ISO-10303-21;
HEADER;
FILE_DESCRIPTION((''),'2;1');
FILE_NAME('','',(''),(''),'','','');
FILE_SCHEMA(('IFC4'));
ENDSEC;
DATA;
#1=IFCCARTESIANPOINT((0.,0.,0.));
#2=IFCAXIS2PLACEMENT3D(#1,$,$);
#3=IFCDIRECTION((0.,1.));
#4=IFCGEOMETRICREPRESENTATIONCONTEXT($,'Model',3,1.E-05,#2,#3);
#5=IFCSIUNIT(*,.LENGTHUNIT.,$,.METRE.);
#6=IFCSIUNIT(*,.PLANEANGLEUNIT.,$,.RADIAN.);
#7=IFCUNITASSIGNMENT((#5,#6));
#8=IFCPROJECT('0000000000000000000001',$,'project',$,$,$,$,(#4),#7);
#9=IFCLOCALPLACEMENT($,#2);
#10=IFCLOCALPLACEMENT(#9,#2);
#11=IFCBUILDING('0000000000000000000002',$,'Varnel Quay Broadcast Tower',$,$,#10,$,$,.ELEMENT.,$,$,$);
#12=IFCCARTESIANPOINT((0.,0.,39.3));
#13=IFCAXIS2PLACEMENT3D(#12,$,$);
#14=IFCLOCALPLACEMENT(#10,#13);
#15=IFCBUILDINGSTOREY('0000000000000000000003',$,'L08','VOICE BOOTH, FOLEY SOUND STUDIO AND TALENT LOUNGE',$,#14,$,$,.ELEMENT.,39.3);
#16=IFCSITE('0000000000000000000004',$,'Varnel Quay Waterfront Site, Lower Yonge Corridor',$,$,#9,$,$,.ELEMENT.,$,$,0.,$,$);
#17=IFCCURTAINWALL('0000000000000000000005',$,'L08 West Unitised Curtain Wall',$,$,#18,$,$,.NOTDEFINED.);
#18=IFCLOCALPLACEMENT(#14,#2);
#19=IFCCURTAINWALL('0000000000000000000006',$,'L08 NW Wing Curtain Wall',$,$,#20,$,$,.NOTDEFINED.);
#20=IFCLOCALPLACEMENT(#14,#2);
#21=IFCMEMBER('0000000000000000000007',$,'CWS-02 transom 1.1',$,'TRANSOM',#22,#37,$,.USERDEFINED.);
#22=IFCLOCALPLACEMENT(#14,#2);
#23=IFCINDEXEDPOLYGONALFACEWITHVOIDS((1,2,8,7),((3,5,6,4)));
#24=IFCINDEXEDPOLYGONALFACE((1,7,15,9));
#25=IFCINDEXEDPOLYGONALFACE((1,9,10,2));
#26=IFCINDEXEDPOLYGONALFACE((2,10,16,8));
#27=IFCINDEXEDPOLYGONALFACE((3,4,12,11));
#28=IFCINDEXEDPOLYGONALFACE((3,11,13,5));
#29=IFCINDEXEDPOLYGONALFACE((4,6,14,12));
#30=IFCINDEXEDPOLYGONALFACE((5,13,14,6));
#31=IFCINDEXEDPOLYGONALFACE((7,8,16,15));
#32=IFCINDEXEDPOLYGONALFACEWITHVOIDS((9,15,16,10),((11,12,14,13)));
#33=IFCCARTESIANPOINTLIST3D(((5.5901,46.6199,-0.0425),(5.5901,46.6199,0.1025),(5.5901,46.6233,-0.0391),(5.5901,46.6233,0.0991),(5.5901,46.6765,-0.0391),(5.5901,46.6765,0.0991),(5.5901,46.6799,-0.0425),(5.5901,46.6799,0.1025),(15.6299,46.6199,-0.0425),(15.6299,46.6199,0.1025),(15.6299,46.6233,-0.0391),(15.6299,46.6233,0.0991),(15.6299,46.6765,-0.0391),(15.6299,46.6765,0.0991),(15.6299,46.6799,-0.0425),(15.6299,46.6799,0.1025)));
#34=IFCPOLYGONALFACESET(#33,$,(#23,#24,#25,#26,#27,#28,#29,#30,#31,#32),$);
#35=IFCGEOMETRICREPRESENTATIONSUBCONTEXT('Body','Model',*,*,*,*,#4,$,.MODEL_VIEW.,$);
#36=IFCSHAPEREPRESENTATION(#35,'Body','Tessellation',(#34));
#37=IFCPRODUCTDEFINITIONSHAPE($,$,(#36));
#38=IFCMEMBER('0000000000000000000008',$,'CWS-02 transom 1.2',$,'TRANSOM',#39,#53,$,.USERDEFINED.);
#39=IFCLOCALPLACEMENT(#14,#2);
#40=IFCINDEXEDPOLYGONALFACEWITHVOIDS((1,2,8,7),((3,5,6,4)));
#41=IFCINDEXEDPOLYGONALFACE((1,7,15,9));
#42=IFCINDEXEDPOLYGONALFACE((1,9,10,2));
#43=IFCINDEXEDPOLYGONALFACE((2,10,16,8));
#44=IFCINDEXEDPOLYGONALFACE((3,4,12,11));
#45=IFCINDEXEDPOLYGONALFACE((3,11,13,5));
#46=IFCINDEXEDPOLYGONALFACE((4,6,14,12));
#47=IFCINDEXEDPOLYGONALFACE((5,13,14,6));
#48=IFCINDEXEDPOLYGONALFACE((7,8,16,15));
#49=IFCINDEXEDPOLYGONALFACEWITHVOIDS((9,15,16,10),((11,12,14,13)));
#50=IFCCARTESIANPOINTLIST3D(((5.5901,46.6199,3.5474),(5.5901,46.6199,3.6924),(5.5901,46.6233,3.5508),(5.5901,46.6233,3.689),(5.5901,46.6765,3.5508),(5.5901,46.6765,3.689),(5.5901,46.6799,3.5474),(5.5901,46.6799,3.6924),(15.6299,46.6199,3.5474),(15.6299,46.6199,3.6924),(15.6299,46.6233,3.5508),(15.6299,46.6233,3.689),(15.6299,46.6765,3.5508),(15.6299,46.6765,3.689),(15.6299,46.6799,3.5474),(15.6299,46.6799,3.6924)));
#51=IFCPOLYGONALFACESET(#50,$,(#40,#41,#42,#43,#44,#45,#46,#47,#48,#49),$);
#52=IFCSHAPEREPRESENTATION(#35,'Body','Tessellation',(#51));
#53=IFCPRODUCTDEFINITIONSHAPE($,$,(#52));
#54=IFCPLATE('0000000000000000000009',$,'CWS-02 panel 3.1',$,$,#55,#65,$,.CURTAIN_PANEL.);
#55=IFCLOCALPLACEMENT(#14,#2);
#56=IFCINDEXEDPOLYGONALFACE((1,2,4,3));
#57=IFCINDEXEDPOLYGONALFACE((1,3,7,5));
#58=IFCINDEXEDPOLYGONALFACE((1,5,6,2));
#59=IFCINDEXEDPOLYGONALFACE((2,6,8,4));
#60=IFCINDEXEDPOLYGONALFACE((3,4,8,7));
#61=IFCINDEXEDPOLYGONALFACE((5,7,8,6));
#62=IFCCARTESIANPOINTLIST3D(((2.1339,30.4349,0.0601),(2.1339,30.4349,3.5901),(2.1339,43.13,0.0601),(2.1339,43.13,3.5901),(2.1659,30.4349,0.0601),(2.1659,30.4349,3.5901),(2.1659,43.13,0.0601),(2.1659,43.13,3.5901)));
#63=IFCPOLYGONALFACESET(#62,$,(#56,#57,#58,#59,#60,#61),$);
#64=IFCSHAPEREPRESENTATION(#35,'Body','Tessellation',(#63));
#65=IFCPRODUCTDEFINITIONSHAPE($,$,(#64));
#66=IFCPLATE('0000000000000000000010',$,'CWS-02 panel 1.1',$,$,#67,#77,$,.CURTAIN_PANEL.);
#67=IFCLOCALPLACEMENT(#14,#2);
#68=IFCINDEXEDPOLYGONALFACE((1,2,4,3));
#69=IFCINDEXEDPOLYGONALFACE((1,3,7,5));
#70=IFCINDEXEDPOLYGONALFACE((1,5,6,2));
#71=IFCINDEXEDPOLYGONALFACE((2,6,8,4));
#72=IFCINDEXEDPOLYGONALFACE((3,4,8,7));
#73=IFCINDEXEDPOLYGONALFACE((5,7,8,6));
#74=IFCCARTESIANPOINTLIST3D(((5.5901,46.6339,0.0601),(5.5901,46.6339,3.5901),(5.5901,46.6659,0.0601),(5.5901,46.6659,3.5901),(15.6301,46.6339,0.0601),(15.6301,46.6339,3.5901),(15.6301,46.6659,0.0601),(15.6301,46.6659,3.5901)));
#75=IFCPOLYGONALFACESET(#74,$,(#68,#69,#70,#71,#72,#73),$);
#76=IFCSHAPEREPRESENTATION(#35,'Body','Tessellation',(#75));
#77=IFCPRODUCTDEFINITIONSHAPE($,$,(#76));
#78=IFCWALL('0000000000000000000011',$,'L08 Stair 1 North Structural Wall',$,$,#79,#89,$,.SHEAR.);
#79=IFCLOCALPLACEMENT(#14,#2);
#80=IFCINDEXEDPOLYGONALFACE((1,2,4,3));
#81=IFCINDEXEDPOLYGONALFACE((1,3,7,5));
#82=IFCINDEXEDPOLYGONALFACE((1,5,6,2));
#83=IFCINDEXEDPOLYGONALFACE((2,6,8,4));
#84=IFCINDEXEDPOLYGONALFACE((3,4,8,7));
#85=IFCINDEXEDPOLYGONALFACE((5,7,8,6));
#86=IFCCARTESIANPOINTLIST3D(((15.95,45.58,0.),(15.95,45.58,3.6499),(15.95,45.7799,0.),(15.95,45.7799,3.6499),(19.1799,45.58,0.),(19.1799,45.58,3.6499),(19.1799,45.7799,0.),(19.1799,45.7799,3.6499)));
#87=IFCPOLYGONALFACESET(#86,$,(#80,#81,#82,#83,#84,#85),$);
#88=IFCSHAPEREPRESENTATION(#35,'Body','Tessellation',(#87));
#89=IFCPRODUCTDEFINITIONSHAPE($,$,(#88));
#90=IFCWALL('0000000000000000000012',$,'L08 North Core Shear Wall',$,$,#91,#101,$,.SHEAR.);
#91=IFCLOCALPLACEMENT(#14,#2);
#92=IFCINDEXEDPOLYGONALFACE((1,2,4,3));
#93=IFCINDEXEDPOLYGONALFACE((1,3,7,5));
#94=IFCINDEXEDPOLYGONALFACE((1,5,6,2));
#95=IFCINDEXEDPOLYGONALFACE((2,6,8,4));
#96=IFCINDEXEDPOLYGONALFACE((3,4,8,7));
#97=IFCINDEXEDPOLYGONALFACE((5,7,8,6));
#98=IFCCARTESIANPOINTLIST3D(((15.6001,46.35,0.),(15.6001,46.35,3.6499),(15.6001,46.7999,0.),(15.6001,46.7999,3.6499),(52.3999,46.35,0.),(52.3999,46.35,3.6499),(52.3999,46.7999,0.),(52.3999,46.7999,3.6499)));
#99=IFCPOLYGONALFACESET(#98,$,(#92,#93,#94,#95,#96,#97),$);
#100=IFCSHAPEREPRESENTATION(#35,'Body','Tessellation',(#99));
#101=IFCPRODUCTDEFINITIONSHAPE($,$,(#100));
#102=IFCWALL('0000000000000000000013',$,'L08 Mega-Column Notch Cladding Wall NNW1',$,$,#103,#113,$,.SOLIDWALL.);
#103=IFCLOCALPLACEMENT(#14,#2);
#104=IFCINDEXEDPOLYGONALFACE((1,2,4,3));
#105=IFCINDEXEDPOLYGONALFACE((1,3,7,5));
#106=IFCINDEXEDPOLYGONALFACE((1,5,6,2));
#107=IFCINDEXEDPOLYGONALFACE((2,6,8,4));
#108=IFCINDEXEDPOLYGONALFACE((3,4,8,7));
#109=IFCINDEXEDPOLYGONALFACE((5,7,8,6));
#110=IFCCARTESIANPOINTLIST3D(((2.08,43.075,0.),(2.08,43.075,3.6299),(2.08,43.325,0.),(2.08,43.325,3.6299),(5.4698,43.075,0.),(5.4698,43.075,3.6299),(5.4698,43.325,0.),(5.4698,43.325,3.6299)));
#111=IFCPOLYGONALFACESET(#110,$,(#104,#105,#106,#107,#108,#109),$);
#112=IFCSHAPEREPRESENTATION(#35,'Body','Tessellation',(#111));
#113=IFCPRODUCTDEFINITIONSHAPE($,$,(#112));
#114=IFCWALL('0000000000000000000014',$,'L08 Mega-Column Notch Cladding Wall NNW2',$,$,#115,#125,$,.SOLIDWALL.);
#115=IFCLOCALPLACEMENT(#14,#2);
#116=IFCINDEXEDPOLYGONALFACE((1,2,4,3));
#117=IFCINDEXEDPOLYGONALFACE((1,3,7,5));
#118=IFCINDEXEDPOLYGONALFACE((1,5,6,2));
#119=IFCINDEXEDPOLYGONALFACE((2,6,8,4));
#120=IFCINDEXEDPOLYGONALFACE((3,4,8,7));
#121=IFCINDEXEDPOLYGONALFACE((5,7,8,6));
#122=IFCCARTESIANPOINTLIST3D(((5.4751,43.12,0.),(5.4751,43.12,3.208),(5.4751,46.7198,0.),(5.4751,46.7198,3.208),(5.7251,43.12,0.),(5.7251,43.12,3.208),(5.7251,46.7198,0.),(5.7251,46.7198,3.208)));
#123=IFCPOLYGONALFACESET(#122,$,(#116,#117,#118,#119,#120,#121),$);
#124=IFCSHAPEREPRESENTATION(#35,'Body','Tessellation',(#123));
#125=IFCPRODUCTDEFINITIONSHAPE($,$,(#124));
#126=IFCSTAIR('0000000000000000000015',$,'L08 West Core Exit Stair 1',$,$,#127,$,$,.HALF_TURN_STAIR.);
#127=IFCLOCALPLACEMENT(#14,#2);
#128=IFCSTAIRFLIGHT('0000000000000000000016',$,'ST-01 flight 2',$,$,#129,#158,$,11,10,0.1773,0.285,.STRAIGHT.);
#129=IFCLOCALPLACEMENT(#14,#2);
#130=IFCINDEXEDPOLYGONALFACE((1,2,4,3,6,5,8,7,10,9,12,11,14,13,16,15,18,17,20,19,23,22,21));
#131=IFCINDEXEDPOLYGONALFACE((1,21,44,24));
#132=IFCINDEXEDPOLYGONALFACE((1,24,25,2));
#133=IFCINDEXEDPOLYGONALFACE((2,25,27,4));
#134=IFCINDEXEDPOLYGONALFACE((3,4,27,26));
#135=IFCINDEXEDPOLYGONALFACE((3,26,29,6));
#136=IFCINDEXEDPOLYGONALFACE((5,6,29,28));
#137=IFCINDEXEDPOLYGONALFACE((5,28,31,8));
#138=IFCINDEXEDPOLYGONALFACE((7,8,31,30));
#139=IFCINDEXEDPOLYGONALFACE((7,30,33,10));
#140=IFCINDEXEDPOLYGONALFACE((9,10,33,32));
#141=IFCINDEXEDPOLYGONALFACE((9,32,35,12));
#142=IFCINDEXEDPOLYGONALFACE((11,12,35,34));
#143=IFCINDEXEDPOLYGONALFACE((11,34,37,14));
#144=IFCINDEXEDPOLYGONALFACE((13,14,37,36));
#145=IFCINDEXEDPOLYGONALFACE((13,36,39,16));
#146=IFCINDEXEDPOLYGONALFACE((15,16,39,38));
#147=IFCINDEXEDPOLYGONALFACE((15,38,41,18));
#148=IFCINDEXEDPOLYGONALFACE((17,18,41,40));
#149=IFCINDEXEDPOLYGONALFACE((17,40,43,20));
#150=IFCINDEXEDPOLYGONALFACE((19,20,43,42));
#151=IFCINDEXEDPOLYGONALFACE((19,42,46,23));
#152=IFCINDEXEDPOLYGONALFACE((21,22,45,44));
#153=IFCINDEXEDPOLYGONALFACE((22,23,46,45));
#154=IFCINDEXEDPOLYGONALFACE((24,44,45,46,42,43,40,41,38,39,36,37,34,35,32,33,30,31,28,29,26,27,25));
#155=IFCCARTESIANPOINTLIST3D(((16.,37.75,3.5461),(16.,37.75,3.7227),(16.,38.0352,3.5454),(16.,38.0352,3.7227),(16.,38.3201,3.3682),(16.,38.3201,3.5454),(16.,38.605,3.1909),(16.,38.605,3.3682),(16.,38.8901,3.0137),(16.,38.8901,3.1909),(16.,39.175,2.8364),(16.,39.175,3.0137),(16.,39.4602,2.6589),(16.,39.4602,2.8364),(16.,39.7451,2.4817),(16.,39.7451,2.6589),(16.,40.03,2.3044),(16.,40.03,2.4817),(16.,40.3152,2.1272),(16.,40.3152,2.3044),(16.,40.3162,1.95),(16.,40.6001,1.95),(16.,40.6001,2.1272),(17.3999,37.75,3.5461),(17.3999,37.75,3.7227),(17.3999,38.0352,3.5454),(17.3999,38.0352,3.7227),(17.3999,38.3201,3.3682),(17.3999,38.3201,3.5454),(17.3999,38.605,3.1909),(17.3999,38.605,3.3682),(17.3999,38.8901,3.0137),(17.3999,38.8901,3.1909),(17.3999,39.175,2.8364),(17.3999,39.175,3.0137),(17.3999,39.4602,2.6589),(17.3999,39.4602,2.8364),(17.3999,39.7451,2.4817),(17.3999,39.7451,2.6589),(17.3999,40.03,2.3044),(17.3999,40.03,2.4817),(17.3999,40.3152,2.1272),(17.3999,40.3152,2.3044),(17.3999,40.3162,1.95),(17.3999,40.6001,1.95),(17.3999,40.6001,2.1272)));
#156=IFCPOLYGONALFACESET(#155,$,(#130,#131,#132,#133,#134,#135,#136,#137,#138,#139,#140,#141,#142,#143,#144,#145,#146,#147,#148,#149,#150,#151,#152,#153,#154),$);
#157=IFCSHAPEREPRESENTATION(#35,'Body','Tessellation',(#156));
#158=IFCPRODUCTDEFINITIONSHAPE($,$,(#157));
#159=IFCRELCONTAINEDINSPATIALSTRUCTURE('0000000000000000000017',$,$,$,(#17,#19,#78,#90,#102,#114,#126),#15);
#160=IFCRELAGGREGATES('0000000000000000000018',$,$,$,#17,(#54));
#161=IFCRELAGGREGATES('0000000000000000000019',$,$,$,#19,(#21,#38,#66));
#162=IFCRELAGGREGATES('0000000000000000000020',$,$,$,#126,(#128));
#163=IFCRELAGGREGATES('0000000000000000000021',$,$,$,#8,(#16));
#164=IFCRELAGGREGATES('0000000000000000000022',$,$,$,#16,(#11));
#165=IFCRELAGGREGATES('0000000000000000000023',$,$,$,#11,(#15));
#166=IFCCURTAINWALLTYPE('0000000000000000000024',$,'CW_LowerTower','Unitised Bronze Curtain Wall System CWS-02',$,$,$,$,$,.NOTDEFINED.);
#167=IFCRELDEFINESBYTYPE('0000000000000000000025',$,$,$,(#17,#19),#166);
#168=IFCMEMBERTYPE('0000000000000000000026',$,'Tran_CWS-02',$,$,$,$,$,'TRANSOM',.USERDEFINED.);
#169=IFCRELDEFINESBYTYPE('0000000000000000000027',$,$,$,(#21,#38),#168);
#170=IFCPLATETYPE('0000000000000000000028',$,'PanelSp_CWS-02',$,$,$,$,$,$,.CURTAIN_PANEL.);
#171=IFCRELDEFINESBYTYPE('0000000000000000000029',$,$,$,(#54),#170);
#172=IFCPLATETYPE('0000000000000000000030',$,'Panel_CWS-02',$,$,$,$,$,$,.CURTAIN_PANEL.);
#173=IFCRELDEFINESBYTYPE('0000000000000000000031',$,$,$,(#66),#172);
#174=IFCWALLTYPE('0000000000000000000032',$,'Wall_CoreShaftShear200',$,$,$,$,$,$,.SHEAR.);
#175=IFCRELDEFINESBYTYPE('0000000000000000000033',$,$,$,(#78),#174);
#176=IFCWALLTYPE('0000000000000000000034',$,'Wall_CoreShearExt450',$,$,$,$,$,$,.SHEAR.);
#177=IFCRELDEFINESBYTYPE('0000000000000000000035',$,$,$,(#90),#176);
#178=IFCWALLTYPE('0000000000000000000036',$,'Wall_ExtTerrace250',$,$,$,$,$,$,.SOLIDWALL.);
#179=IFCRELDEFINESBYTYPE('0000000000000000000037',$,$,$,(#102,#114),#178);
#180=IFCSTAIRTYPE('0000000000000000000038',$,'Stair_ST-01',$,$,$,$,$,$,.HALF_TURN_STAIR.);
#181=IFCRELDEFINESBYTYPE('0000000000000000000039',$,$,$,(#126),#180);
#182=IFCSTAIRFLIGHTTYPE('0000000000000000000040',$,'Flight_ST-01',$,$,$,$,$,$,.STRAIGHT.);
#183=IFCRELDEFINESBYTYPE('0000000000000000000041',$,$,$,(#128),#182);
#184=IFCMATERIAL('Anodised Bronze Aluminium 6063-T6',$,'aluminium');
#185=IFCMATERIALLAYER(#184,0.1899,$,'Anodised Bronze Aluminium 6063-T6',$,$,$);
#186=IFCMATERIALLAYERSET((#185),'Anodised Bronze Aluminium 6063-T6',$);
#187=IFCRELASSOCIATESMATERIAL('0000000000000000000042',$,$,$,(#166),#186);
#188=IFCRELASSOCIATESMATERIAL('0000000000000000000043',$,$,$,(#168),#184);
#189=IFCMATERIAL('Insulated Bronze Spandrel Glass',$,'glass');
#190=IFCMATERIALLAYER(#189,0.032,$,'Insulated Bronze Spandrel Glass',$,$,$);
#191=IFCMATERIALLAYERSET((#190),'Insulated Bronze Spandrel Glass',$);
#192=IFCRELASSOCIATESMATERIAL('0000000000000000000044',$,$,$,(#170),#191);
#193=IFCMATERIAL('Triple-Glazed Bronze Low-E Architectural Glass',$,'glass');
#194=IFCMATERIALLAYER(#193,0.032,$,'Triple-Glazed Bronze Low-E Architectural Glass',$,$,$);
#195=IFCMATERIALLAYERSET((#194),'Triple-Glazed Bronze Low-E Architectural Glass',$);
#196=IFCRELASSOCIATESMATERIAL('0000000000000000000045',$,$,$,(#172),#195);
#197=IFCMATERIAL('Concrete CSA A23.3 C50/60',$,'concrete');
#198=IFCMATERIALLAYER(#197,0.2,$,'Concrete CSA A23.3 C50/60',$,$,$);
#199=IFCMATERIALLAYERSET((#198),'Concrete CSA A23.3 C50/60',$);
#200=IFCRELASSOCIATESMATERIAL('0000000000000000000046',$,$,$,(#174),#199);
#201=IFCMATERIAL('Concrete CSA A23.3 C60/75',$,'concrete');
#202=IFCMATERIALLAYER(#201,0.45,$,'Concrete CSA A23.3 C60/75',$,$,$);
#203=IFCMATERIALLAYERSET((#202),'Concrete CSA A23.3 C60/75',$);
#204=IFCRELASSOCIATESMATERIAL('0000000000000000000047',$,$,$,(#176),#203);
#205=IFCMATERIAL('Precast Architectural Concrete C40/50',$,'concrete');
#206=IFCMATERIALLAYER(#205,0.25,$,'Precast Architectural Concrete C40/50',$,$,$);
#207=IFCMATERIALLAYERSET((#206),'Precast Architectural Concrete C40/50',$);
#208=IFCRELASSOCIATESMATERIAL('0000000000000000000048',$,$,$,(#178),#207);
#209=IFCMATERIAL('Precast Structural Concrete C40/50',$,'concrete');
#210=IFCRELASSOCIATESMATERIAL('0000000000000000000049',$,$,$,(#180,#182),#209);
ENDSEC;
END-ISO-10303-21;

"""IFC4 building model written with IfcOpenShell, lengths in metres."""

from ifc_helpers import new_model, si_unit, direction, frame, frame_2d, origin, origin_2d, place, context, subcontext, project, spatial, polyline, rectangle, hollow_rectangle, outline, extrude, source, transform, mapped, material, layer, layer_set, material_profile, profile_set, type_object, type_shapes, element, aggregate, save


model = new_model("IFC4")

# Units and contexts
model_context = context("Model", 3, precision=1e-05, world=origin(), true_north=direction((0.0, 1.0)))
body_context = subcontext(model_context, "Body", "Model", "MODEL_VIEW")
ifc_project = project(units=[si_unit("LENGTHUNIT", "METRE"), si_unit("PLANEANGLEUNIT", "RADIAN")], contexts=[model_context])

# Site, building, storey
site_placement = place(None, origin())
site = spatial("IfcSite", under=ifc_project, at=site_placement, Name="Varnel Quay Waterfront Site, Lower Yonge Corridor", CompositionType="ELEMENT", RefElevation=0.0)
building_placement = place(site_placement, origin())
building = spatial("IfcBuilding", under=site, at=building_placement, Name="Varnel Quay Broadcast Tower", CompositionType="ELEMENT")
storey_placement = place(building_placement, frame((0.0, 0.0, 39.3)))
storey = spatial("IfcBuildingStorey", under=building, at=storey_placement, Name="L08", Description="VOICE BOOTH, FOLEY SOUND STUDIO AND TALENT LOUNGE", CompositionType="ELEMENT", Elevation=39.3)

# Curtain wall
ifc_material_1 = material(Name="Anodised Bronze Aluminium 6063-T6", Category="aluminium")
ifc_layer_1 = layer(ifc_material_1, 0.1899, Name="Anodised Bronze Aluminium 6063-T6")
ifc_layer_set_1 = layer_set([ifc_layer_1], Name="Anodised Bronze Aluminium 6063-T6")
curtain_wall_type = type_object("IfcCurtainWallType", Name="CW_LowerTower", Description="Unitised Bronze Curtain Wall System CWS-02", PredefinedType="NOTDEFINED", material=ifc_layer_set_1)
curtain_wall_1_placement = place(storey_placement, origin())
curtain_wall_1 = element("IfcCurtainWall", 1, at=curtain_wall_1_placement, inside=storey, type_object=curtain_wall_type, Name="L08 West Unitised Curtain Wall", PredefinedType="NOTDEFINED")

# Curtain wall, members
curtain_wall_2_placement = place(storey_placement, origin())
curtain_wall_2 = element("IfcCurtainWall", 2, at=curtain_wall_2_placement, inside=storey, type_object=curtain_wall_type, Name="L08 NW Wing Curtain Wall", PredefinedType="NOTDEFINED")
ifc_material_profile_1 = material_profile(ifc_material_1, hollow_rectangle(XDim=0.0601, YDim=0.145, WallThickness=0.0034, at=origin_2d()), Name="ALU60X145X3.5")
ifc_profile_set_1 = profile_set([ifc_material_profile_1], Name="Anodised Bronze Aluminium 6063-T6")
member_type_1 = type_object("IfcMemberType", Name="Tran_CWS-02", ElementType="TRANSOM", PredefinedType="USERDEFINED", material=ifc_profile_set_1)
shared_shape_1 = source(origin(), body_context, "Body", "SweptSolid", [
    extrude(hollow_rectangle(XDim=0.0601, YDim=0.145, WallThickness=0.0034, at=origin_2d()), origin(), (0.0, 0.0, 1.0), 10.0398),
])
type_shapes(member_type_1, [shared_shape_1])
member_1_placement = place(storey_placement, frame((5.5901, 46.6499, 0.03), z_axis=(1.0, 0.0, 0.0), x_axis=(0.0, 1.0, 0.0)))
member_1 = element("IfcMember", 3, at=member_1_placement, type_object=member_type_1, Name="CWS-02 transom 1.1", ObjectType="TRANSOM", PredefinedType="USERDEFINED", context=body_context, shape_type="MappedRepresentation", body=[
    mapped(shared_shape_1, transform((0.0, 0.0, 0.0), x_axis=(1.0, 0.0, 0.0), y_axis=(0.0, 1.0, 0.0), z_axis=(0.0, 0.0, 1.0), scale=1.0)),
])
member_2_placement = place(storey_placement, frame((5.5901, 46.6499, 3.6199), z_axis=(1.0, 0.0, 0.0), x_axis=(0.0, 1.0, 0.0)))
member_2 = element("IfcMember", 4, at=member_2_placement, type_object=member_type_1, Name="CWS-02 transom 1.2", ObjectType="TRANSOM", PredefinedType="USERDEFINED", context=body_context, shape_type="MappedRepresentation", body=[
    mapped(shared_shape_1, transform((0.0, 0.0, 0.0), x_axis=(1.0, 0.0, 0.0), y_axis=(0.0, 1.0, 0.0), z_axis=(0.0, 0.0, 1.0), scale=1.0)),
])

# Plates
ifc_material_2 = material(Name="Insulated Bronze Spandrel Glass", Category="glass")
ifc_layer_2 = layer(ifc_material_2, 0.032, Name="Insulated Bronze Spandrel Glass")
ifc_layer_set_2 = layer_set([ifc_layer_2], Name="Insulated Bronze Spandrel Glass")
plate_type_1 = type_object("IfcPlateType", Name="PanelSp_CWS-02", PredefinedType="CURTAIN_PANEL", material=ifc_layer_set_2)
shared_shape_2 = source(origin(), body_context, "Body", "SweptSolid", [
    extrude(rectangle(XDim=12.6951, YDim=0.032, at=origin_2d()), origin(), (0.0, 0.0, 1.0), 3.53),
])
type_shapes(plate_type_1, [shared_shape_2])
plate_1_placement = place(storey_placement, frame((2.1499, 36.7825, 0.0601), z_axis=(0.0, 0.0, 1.0), x_axis=(0.0, 1.0, 0.0)))
plate_1 = element("IfcPlate", 5, at=plate_1_placement, type_object=plate_type_1, Name="CWS-02 panel 3.1", PredefinedType="CURTAIN_PANEL", context=body_context, shape_type="MappedRepresentation", body=[
    mapped(shared_shape_2, transform((0.0, 0.0, 0.0), x_axis=(1.0, 0.0, 0.0), y_axis=(0.0, 1.0, 0.0), z_axis=(0.0, 0.0, 1.0), scale=1.0)),
])
aggregate(curtain_wall_1, [plate_1])
ifc_material_3 = material(Name="Triple-Glazed Bronze Low-E Architectural Glass", Category="glass")
ifc_layer_3 = layer(ifc_material_3, 0.032, Name="Triple-Glazed Bronze Low-E Architectural Glass")
ifc_layer_set_3 = layer_set([ifc_layer_3], Name="Triple-Glazed Bronze Low-E Architectural Glass")
plate_type_2 = type_object("IfcPlateType", Name="Panel_CWS-02", PredefinedType="CURTAIN_PANEL", material=ifc_layer_set_3)
shared_shape_3 = source(origin(), body_context, "Body", "SweptSolid", [
    extrude(rectangle(XDim=10.04, YDim=0.032, at=origin_2d()), origin(), (0.0, 0.0, 1.0), 3.53),
])
type_shapes(plate_type_2, [shared_shape_3])
plate_2_placement = place(storey_placement, frame((10.6101, 46.6499, 0.0601), z_axis=(0.0, 0.0, 1.0), x_axis=(1.0, 0.0, 0.0)))
plate_2 = element("IfcPlate", 6, at=plate_2_placement, type_object=plate_type_2, Name="CWS-02 panel 1.1", PredefinedType="CURTAIN_PANEL", context=body_context, shape_type="MappedRepresentation", body=[
    mapped(shared_shape_3, transform((0.0, 0.0, 0.0), x_axis=(1.0, 0.0, 0.0), y_axis=(0.0, 1.0, 0.0), z_axis=(0.0, 0.0, 1.0), scale=1.0)),
])
aggregate(curtain_wall_2, [member_1, member_2, plate_2])

# Walls
ifc_material_4 = material(Name="Concrete CSA A23.3 C50/60", Category="concrete")
ifc_layer_4 = layer(ifc_material_4, 0.2, Name="Concrete CSA A23.3 C50/60")
ifc_layer_set_4 = layer_set([ifc_layer_4], Name="Concrete CSA A23.3 C50/60")
wall_type_1 = type_object("IfcWallType", Name="Wall_CoreShaftShear200", PredefinedType="SHEAR", material=ifc_layer_set_4)
wall_1_placement = place(storey_placement, frame((15.95, 45.6799, 0.0), z_axis=(0.0, 0.0, 1.0), x_axis=(1.0, 0.0, 0.0)))
element("IfcWall", 7, at=wall_1_placement, inside=storey, type_object=wall_type_1, Name="L08 Stair 1 North Structural Wall", PredefinedType="SHEAR", context=body_context, shape_type="SweptSolid", body=[
    extrude(rectangle(XDim=3.23, YDim=0.2, at=frame_2d((1.615, 0.0))), origin(), (0.0, 0.0, 1.0), 3.6499),
])
ifc_material_5 = material(Name="Concrete CSA A23.3 C60/75", Category="concrete")
ifc_layer_5 = layer(ifc_material_5, 0.45, Name="Concrete CSA A23.3 C60/75")
ifc_layer_set_5 = layer_set([ifc_layer_5], Name="Concrete CSA A23.3 C60/75")
wall_type_2 = type_object("IfcWallType", Name="Wall_CoreShearExt450", PredefinedType="SHEAR", material=ifc_layer_set_5)
wall_2_placement = place(storey_placement, frame((15.6001, 46.575, 0.0), z_axis=(0.0, 0.0, 1.0), x_axis=(1.0, 0.0, 0.0)))
element("IfcWall", 8, at=wall_2_placement, inside=storey, type_object=wall_type_2, Name="L08 North Core Shear Wall", PredefinedType="SHEAR", context=body_context, shape_type="SweptSolid", body=[
    extrude(rectangle(XDim=36.7998, YDim=0.45, at=frame_2d((18.3999, 0.0))), origin(), (0.0, 0.0, 1.0), 3.6499),
])
ifc_material_6 = material(Name="Precast Architectural Concrete C40/50", Category="concrete")
ifc_layer_6 = layer(ifc_material_6, 0.25, Name="Precast Architectural Concrete C40/50")
ifc_layer_set_6 = layer_set([ifc_layer_6], Name="Precast Architectural Concrete C40/50")
wall_type_3 = type_object("IfcWallType", Name="Wall_ExtTerrace250", PredefinedType="SOLIDWALL", material=ifc_layer_set_6)
wall_3_placement = place(storey_placement, frame((2.0801, 43.2, 0.0), z_axis=(0.0, 0.0, 1.0), x_axis=(1.0, 0.0, 0.0)))
element("IfcWall", 9, at=wall_3_placement, inside=storey, type_object=wall_type_3, Name="L08 Mega-Column Notch Cladding Wall NNW1", PredefinedType="SOLIDWALL", context=body_context, shape_type="SweptSolid", body=[
    extrude(rectangle(XDim=3.3899, YDim=0.25, at=frame_2d((1.6948, 0.0))), origin(), (0.0, 0.0, 1.0), 3.6299),
])
wall_4_placement = place(storey_placement, frame((5.6001, 43.1201, 0.0), z_axis=(0.0, 0.0, 1.0), x_axis=(0.0, 1.0, 0.0)))
element("IfcWall", 10, at=wall_4_placement, inside=storey, type_object=wall_type_3, Name="L08 Mega-Column Notch Cladding Wall NNW2", PredefinedType="SOLIDWALL", context=body_context, shape_type="SweptSolid", body=[
    extrude(rectangle(XDim=3.5999, YDim=0.25, at=frame_2d((1.7998, 0.0))), origin(), (0.0, 0.0, 1.0), 3.208),
])

# Stair, stair flight
ifc_material_7 = material(Name="Precast Structural Concrete C40/50", Category="concrete")
stair_type = type_object("IfcStairType", Name="Stair_ST-01", PredefinedType="HALF_TURN_STAIR", material=ifc_material_7)
stair_placement = place(storey_placement, origin())
stair = element("IfcStair", 11, at=stair_placement, inside=storey, type_object=stair_type, Name="L08 West Core Exit Stair 1", PredefinedType="HALF_TURN_STAIR")
stair_flight_type = type_object("IfcStairFlightType", Name="Flight_ST-01", PredefinedType="STRAIGHT", material=ifc_material_7)
stair_flight_placement = place(storey_placement, frame((16.7, 40.6001, 1.95), z_axis=(0.0, 0.0, 1.0), x_axis=(0.0, -1.0, 0.0)))
stair_flight = element("IfcStairFlight", 12, at=stair_flight_placement, type_object=stair_flight_type, Name="ST-01 flight 2", NumberOfRisers=11, NumberOfTreads=10, PredefinedType="STRAIGHT", RiserHeight=0.1773, TreadLength=0.285, context=body_context, shape_type="SweptSolid", body=[
    extrude(outline(polyline([(0.0, 0.0), (0.0, 0.1772), (0.2849, 0.1772), (0.2849, 0.3545), (0.5701, 0.3545), (0.5701, 0.5317), (0.855, 0.5317), (0.855, 0.709), (1.1399, 0.709), (1.1399, 0.8865), (1.425, 0.8865), (1.425, 1.0637), (1.71, 1.0637), (1.71, 1.241), (1.9951, 1.241), (1.9951, 1.4182), (2.28, 1.4182), (2.28, 1.5955), (2.5649, 1.5955), (2.5649, 1.7727), (2.8501, 1.7727), (2.8501, 1.95), (2.8501, 1.5962), (0.2839, 0.0), (0.0, 0.0)])), frame((0.0, 0.7, 0.0), z_axis=(0.0, -1.0, 0.0), x_axis=(1.0, 0.0, 0.0)), (0.0, 0.0, 1.0), 1.3999),
])
aggregate(stair, [stair_flight])

save(model, "model.ifc")
